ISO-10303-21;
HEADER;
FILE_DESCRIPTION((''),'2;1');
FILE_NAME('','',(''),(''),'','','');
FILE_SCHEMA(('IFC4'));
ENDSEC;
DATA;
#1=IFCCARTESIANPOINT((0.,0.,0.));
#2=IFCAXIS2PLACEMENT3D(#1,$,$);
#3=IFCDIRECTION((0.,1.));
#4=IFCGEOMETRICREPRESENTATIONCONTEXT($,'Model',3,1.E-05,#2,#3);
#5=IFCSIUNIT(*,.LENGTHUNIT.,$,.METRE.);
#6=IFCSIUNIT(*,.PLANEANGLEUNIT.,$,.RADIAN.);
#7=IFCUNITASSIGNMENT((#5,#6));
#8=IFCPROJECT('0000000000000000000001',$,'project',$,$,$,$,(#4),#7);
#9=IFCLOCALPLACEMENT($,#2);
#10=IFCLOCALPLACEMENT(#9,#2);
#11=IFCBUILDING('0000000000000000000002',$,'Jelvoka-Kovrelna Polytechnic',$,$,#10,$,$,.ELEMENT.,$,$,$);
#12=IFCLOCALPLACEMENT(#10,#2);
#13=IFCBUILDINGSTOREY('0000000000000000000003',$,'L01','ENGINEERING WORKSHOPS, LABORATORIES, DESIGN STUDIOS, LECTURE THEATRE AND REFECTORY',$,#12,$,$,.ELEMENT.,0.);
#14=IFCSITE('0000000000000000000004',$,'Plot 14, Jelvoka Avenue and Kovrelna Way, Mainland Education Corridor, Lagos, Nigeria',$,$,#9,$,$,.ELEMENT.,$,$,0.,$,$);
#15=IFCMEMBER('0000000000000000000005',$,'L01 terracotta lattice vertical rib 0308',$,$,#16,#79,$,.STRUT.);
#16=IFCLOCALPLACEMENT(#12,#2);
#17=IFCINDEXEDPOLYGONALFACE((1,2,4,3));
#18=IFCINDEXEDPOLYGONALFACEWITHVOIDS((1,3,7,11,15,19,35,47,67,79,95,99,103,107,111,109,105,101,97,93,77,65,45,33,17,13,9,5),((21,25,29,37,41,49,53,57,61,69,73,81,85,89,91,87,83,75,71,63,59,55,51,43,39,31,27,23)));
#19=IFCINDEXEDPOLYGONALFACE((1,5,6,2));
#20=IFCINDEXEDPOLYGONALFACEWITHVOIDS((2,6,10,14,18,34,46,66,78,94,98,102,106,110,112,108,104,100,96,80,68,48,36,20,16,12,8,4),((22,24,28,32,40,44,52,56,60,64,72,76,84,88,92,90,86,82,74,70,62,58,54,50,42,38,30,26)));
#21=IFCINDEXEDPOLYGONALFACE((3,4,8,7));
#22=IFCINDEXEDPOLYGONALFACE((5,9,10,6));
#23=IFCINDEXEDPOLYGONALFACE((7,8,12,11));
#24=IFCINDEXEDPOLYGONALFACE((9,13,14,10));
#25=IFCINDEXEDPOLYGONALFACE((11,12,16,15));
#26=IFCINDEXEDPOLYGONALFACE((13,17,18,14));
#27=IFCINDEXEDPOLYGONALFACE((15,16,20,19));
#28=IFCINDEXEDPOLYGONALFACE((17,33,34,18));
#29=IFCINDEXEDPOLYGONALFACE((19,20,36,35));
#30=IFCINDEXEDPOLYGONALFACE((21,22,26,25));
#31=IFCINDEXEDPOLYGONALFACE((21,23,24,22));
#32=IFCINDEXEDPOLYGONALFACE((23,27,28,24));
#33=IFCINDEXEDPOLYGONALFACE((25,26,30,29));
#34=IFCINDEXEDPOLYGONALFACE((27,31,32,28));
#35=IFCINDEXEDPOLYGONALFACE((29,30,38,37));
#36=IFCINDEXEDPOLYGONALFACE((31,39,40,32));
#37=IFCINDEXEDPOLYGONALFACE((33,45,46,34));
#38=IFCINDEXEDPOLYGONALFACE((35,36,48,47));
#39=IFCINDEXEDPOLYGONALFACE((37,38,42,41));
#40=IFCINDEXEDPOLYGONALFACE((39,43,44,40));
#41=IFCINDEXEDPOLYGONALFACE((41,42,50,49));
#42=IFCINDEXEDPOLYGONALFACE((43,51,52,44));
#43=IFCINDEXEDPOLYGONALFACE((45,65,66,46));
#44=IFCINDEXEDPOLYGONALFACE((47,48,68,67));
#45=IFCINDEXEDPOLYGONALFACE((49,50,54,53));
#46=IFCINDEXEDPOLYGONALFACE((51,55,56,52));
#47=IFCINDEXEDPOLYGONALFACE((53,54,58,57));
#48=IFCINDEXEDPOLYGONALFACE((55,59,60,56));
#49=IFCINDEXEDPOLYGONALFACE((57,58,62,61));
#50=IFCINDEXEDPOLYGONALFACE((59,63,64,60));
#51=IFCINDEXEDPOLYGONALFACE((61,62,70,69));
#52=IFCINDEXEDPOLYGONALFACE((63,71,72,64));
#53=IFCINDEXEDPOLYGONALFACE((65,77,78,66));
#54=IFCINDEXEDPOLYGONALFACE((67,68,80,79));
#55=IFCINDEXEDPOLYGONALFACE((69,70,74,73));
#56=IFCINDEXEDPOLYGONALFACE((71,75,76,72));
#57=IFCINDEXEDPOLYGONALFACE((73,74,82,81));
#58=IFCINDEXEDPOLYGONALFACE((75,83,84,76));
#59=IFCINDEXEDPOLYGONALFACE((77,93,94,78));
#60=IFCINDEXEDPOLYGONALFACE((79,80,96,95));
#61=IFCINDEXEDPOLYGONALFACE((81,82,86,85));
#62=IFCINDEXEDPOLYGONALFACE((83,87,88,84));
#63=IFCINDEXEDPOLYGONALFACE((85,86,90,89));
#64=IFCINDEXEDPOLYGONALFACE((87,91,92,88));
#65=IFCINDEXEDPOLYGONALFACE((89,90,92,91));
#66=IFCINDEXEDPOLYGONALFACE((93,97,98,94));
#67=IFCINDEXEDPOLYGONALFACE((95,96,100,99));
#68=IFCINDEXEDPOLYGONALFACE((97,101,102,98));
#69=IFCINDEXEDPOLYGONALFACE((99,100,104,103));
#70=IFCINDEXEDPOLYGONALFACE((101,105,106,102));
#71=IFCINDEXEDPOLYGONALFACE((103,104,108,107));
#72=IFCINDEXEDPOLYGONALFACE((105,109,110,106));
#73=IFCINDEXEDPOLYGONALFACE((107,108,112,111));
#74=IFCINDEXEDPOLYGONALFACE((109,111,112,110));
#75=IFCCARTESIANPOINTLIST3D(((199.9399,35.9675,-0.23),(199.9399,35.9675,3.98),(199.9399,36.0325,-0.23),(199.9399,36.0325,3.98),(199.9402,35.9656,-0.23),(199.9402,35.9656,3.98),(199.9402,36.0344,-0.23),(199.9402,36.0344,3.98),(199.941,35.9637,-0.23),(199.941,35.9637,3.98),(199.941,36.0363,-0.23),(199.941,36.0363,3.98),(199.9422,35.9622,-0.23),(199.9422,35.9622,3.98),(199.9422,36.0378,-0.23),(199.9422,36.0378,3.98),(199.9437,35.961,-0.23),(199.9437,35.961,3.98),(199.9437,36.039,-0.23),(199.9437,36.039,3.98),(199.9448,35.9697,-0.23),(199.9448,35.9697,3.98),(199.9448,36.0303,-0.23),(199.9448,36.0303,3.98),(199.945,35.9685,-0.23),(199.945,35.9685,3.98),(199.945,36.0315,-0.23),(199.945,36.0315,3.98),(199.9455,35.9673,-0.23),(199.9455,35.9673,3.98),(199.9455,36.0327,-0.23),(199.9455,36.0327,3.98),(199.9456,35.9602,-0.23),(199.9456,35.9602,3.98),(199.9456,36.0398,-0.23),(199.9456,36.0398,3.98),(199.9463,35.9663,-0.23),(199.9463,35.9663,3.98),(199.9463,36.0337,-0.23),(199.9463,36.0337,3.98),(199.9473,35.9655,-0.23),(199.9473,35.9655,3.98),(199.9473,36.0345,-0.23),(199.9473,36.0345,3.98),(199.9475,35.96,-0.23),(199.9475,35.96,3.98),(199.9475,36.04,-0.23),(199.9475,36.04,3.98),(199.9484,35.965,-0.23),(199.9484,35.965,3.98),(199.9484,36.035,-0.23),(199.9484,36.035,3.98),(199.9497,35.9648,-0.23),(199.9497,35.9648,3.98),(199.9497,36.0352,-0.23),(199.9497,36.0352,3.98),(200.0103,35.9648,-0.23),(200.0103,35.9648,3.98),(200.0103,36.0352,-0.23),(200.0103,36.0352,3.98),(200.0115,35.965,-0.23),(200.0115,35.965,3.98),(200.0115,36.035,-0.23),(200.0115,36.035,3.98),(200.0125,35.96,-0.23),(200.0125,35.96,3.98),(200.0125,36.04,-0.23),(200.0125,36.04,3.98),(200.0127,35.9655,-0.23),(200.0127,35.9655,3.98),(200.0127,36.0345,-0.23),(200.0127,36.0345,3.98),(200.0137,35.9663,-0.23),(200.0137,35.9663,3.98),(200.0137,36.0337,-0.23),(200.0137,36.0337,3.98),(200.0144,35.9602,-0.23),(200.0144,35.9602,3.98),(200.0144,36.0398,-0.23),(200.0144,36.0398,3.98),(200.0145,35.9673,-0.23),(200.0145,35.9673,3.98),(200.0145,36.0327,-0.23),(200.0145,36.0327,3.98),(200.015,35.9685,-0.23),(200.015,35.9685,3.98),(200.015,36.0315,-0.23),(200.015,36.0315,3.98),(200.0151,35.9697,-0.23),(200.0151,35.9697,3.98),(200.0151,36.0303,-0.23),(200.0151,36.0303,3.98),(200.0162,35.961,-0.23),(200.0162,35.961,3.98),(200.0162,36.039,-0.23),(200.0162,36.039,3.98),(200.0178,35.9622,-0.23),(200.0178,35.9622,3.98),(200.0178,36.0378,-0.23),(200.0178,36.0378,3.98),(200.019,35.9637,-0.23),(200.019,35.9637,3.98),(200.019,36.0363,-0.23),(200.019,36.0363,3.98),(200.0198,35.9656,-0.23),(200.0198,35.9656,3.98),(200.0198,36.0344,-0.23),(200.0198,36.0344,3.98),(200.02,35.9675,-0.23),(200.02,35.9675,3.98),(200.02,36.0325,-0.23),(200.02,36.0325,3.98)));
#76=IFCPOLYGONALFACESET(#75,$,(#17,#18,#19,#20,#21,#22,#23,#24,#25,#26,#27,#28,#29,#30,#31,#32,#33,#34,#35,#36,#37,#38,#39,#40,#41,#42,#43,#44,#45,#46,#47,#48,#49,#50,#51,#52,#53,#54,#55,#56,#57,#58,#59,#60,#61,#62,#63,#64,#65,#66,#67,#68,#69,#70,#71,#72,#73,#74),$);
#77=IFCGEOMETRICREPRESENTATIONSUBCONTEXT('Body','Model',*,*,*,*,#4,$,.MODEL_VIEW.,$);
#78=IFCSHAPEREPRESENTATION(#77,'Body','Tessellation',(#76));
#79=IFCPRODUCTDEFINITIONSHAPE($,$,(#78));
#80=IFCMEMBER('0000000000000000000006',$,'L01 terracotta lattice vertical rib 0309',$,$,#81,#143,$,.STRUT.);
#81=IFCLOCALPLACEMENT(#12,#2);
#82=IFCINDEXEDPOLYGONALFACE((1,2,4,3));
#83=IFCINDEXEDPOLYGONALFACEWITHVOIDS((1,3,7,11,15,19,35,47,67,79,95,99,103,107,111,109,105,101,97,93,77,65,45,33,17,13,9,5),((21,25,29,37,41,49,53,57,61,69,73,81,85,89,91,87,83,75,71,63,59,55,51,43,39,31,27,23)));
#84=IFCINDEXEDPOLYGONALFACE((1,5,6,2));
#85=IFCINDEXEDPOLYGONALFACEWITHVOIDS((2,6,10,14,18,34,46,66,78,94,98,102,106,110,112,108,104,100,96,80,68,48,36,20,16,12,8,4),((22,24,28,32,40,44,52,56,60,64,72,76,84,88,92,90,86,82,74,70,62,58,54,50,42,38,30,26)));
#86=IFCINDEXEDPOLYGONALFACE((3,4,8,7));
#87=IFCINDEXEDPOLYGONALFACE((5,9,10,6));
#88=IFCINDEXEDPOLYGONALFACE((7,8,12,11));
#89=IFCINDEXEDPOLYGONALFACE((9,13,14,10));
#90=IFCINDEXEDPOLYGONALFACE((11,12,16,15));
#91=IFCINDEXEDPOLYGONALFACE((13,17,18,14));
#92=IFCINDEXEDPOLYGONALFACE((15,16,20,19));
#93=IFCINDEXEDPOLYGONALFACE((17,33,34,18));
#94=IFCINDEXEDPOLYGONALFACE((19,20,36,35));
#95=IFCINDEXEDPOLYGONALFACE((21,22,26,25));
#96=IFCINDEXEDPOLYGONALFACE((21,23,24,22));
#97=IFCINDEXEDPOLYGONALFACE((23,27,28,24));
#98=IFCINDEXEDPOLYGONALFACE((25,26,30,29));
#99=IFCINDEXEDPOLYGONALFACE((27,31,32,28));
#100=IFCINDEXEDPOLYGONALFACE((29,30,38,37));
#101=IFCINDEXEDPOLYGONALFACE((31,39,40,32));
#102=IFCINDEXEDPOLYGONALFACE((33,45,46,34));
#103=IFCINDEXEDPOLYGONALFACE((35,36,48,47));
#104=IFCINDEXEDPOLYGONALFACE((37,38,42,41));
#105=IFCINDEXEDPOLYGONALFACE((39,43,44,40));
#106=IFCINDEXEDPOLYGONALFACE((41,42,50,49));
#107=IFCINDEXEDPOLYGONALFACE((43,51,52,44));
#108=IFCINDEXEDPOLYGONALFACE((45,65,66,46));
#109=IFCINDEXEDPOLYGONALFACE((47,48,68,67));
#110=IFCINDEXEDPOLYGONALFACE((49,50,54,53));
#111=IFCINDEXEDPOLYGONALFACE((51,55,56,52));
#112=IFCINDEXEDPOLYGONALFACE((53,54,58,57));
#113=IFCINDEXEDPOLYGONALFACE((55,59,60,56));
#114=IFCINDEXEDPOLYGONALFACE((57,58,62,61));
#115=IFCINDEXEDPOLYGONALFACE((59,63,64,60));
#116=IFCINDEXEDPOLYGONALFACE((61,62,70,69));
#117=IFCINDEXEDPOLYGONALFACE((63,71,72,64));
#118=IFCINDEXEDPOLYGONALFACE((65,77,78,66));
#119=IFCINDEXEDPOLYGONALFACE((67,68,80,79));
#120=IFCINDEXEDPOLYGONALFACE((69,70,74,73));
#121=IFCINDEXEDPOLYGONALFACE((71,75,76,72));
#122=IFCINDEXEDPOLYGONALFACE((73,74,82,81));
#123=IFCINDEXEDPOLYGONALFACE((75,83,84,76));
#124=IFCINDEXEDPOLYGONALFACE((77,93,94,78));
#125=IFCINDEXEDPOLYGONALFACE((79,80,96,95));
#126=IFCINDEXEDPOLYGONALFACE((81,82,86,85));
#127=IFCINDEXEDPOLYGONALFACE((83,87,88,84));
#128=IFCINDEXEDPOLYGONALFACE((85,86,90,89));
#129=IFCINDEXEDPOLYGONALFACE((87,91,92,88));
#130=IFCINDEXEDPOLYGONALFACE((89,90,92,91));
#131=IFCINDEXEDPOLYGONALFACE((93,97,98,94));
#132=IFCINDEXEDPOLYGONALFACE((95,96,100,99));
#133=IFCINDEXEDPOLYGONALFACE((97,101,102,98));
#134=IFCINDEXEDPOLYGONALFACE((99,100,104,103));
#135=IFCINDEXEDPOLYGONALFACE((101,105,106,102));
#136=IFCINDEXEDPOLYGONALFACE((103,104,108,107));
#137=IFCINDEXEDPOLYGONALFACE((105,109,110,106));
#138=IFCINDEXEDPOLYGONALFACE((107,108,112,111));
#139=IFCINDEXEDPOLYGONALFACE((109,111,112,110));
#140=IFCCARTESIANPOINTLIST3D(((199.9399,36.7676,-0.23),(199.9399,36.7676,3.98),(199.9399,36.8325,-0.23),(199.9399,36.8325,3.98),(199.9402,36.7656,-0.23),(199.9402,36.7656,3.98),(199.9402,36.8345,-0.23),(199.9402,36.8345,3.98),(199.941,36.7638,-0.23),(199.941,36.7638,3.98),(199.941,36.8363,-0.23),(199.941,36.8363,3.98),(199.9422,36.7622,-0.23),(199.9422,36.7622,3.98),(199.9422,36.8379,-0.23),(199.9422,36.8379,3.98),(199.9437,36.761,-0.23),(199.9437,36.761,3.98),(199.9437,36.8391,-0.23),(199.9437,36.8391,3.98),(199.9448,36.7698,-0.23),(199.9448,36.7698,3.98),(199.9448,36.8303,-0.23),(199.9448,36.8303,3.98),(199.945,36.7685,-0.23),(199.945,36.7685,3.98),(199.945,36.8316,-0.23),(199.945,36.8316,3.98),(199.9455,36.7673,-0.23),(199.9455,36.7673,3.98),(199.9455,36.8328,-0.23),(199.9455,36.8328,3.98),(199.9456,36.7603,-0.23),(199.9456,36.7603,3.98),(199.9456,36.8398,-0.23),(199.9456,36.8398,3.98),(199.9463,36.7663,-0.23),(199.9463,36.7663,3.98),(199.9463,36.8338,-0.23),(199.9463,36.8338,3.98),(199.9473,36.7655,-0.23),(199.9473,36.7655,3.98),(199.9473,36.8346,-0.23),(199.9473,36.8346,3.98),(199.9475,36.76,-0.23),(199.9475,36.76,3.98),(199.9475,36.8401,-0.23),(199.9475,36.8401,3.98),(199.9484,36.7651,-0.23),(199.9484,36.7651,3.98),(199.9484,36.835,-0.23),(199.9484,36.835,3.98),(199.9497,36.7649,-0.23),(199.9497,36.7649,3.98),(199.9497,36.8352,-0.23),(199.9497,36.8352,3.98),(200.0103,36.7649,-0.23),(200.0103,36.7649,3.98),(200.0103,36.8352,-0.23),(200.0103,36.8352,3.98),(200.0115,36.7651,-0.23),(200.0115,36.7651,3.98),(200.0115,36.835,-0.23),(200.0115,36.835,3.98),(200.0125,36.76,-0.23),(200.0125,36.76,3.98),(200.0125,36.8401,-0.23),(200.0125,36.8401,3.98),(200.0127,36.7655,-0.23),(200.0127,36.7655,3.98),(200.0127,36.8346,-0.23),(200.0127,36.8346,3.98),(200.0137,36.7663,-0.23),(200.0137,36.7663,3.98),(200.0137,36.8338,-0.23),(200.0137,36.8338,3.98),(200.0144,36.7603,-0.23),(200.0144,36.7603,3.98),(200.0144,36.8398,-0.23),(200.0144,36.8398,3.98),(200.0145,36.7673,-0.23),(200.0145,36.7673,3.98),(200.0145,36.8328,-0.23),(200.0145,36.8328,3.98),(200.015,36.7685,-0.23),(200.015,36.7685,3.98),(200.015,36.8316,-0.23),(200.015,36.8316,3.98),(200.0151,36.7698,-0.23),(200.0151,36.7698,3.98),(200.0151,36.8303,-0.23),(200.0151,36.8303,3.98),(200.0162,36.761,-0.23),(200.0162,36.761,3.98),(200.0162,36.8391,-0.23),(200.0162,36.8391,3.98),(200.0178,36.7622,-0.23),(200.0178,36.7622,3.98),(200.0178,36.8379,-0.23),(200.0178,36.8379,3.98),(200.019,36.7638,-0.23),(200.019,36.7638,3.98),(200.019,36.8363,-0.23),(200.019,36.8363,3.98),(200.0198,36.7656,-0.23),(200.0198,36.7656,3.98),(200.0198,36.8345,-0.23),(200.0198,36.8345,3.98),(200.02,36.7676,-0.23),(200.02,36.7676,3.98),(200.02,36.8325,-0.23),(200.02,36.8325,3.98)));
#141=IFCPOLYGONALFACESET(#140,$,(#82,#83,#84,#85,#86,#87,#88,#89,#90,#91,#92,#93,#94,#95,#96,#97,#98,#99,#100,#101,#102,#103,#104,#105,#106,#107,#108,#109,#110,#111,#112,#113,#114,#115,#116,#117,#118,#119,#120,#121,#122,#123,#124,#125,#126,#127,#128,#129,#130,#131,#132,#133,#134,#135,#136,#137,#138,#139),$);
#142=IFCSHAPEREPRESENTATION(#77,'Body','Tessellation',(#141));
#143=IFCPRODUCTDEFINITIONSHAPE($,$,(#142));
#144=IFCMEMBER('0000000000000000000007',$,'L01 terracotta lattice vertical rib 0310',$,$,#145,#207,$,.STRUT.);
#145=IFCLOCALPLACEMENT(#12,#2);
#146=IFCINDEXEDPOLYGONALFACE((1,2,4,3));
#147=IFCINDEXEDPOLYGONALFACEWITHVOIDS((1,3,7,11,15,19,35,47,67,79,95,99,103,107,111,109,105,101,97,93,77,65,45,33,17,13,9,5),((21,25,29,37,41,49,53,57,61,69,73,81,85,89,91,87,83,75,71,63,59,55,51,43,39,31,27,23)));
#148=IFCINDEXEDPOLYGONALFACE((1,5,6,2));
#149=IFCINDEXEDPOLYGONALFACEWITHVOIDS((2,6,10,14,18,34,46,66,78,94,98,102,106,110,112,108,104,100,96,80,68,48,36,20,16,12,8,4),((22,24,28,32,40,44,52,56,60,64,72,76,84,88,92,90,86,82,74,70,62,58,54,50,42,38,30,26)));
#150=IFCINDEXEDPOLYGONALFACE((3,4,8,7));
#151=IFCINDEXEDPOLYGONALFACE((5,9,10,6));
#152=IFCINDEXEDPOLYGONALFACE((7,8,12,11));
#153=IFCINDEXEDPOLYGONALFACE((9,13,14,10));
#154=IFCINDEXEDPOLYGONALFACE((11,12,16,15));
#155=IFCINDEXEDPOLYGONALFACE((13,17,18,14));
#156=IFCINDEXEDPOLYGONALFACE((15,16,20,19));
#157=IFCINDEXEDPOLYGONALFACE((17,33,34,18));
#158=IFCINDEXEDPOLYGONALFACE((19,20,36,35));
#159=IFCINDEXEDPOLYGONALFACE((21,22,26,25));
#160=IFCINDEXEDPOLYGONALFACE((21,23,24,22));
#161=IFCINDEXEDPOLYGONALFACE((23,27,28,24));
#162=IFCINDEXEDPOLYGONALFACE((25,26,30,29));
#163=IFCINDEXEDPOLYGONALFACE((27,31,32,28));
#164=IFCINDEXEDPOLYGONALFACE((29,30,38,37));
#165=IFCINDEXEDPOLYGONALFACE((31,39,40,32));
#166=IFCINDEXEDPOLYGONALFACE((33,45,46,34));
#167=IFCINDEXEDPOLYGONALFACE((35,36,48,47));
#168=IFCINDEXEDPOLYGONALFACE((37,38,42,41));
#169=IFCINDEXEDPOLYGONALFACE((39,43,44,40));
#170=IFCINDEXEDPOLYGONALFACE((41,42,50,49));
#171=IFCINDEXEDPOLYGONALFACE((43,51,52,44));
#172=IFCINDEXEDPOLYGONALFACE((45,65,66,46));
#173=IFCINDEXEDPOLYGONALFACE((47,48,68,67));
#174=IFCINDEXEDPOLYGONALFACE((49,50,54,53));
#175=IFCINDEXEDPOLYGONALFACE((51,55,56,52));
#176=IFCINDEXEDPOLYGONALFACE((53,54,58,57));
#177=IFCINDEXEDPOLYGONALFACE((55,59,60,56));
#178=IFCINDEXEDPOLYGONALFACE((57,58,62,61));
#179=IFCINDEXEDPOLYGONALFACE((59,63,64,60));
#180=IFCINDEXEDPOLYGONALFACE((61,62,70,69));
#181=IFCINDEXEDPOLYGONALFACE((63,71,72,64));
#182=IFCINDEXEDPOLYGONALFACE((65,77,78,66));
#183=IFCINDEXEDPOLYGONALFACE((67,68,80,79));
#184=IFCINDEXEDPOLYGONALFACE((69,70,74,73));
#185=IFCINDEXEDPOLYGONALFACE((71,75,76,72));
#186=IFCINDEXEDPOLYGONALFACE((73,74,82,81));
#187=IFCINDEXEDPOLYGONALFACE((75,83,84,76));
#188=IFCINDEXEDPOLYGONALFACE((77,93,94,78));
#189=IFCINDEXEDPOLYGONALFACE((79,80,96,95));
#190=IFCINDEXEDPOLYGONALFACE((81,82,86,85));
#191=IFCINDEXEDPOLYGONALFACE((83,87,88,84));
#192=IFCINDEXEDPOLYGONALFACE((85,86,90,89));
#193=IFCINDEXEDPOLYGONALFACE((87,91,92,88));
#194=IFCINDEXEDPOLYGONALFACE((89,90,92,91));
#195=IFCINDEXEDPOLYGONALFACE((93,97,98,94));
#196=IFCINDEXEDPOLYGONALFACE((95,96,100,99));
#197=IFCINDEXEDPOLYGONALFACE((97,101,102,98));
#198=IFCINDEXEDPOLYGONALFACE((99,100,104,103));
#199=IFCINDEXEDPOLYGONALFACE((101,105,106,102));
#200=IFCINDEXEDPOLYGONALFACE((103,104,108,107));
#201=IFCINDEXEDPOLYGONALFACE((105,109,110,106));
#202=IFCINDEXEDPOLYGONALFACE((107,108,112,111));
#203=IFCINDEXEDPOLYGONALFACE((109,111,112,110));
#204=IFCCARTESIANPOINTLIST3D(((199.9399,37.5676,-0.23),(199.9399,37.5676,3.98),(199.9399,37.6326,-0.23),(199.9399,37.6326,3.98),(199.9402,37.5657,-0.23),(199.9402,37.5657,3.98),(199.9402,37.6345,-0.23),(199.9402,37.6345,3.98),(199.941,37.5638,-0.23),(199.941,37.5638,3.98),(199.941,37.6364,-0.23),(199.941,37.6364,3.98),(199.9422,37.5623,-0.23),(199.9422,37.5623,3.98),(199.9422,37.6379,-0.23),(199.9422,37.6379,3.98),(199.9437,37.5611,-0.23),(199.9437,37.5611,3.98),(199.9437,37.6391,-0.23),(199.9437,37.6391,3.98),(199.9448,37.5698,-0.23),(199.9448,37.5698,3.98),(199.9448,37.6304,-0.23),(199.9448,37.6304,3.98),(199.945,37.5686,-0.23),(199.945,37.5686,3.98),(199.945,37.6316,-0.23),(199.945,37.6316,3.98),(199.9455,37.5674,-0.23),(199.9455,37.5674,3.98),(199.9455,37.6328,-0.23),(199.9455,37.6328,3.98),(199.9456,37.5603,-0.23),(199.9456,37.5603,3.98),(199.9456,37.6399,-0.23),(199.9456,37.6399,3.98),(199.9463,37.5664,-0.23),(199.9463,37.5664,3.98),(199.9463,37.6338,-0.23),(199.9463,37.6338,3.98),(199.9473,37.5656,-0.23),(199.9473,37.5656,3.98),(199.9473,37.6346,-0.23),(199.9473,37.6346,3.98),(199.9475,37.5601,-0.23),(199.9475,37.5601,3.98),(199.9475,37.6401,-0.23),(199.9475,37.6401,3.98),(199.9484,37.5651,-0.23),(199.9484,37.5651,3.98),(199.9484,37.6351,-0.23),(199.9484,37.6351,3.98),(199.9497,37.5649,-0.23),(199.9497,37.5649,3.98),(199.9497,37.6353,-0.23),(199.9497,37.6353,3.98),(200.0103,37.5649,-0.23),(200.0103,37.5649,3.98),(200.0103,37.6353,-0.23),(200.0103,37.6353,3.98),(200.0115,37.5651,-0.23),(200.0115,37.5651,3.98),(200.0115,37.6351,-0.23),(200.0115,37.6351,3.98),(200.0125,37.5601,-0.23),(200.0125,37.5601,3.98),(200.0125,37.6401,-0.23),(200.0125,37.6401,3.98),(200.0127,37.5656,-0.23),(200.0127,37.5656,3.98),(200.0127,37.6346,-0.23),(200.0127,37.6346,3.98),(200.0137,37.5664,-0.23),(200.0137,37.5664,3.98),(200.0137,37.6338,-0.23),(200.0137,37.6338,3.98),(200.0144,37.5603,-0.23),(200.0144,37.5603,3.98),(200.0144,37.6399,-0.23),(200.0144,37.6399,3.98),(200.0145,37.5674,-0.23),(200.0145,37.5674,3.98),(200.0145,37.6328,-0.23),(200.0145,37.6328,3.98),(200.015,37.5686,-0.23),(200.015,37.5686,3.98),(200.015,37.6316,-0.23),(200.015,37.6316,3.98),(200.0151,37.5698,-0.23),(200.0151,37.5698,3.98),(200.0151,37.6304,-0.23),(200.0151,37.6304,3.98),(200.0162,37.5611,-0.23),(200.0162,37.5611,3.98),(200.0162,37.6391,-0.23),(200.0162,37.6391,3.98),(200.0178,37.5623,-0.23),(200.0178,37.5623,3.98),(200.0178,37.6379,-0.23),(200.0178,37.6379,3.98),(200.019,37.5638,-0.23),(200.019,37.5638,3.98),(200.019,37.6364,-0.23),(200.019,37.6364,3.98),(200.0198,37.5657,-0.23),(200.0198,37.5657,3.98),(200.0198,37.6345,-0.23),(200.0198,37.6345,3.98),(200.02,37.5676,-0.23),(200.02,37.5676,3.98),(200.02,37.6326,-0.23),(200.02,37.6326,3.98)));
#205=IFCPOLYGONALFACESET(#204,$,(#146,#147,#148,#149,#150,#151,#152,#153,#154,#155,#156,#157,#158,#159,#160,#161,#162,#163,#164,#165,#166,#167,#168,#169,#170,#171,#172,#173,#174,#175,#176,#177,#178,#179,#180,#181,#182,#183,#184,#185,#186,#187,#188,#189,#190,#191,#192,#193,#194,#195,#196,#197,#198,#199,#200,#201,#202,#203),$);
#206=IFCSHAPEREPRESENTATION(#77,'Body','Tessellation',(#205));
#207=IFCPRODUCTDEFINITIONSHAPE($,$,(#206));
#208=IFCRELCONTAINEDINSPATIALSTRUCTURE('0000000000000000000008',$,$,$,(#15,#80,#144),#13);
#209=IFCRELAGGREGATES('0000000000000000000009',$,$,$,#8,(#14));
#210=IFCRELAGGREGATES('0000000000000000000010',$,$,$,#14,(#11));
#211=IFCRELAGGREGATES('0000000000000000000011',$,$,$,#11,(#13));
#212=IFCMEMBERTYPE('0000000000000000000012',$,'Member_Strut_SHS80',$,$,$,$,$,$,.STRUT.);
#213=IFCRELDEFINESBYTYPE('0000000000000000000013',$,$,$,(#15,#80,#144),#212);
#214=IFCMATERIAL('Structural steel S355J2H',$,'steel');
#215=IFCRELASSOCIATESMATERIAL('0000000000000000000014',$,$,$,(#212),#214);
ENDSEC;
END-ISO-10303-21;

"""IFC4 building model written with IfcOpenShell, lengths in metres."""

from ifc_helpers import new_model, si_unit, direction, frame, origin, origin_2d, place, context, subcontext, project, spatial, hollow_rectangle, extrude, material, material_profile, profile_set, type_object, element, save


model = new_model("IFC4")

# Units and contexts
model_context = context("Model", 3, precision=1e-05, world=origin(), true_north=direction((0.0, 1.0)))
body_context = subcontext(model_context, "Body", "Model", "MODEL_VIEW")
ifc_project = project(units=[si_unit("LENGTHUNIT", "METRE"), si_unit("PLANEANGLEUNIT", "RADIAN")], contexts=[model_context])

# Site, building, storey
site_placement = place(None, origin())
site = spatial("IfcSite", under=ifc_project, at=site_placement, Name="Plot 14, Jelvoka Avenue and Kovrelna Way, Mainland Education Corridor, Lagos, Nigeria", CompositionType="ELEMENT", RefElevation=0.0)
building_placement = place(site_placement, origin())
building = spatial("IfcBuilding", under=site, at=building_placement, Name="Jelvoka-Kovrelna Polytechnic", CompositionType="ELEMENT")
storey_placement = place(building_placement, origin())
storey = spatial("IfcBuildingStorey", under=building, at=storey_placement, Name="L01", Description="ENGINEERING WORKSHOPS, LABORATORIES, DESIGN STUDIOS, LECTURE THEATRE AND REFECTORY", CompositionType="ELEMENT", Elevation=0.0)

# Members
ifc_material_1 = material(Name="Structural steel S355J2H", Category="steel")
ifc_material_profile_1 = material_profile(ifc_material_1, hollow_rectangle(XDim=0.0801, YDim=0.0801, WallThickness=0.0049, InnerFilletRadius=0.0049, OuterFilletRadius=0.0076, at=origin_2d()), Name="80x80x5.0 SHS")
ifc_profile_set_1 = profile_set([ifc_material_profile_1], Name="Structural steel S355J2H")
member_type_1 = type_object("IfcMemberType", Name="Member_Strut_SHS80", PredefinedType="STRUT", material=ifc_profile_set_1)
for number, where, z_axis, x_axis, name in (
    (1, (199.98, 36.0, -0.23), (0.0, 0.0, 1.0), (1.0, 0.0, 0.0), "L01 terracotta lattice vertical rib 0308"),
    (2, (199.98, 36.8, -0.23), (0.0, 0.0, 1.0), (1.0, 0.0, 0.0), "L01 terracotta lattice vertical rib 0309"),
    (3, (199.98, 37.6001, -0.23), (0.0, 0.0, 1.0), (1.0, 0.0, 0.0), "L01 terracotta lattice vertical rib 0310"),
):
    element("IfcMember", number, at=place(storey_placement, frame(where, z_axis=z_axis, x_axis=x_axis)), inside=storey, type_object=member_type_1, Name=name, PredefinedType="STRUT", context=body_context, shape_type="SweptSolid", body=[
        extrude(hollow_rectangle(XDim=0.0801, YDim=0.0801, WallThickness=0.0049, InnerFilletRadius=0.0049, OuterFilletRadius=0.0076, at=origin_2d()), origin(), (0.0, 0.0, 1.0), 4.21),
    ])

save(model, "model.ifc")
